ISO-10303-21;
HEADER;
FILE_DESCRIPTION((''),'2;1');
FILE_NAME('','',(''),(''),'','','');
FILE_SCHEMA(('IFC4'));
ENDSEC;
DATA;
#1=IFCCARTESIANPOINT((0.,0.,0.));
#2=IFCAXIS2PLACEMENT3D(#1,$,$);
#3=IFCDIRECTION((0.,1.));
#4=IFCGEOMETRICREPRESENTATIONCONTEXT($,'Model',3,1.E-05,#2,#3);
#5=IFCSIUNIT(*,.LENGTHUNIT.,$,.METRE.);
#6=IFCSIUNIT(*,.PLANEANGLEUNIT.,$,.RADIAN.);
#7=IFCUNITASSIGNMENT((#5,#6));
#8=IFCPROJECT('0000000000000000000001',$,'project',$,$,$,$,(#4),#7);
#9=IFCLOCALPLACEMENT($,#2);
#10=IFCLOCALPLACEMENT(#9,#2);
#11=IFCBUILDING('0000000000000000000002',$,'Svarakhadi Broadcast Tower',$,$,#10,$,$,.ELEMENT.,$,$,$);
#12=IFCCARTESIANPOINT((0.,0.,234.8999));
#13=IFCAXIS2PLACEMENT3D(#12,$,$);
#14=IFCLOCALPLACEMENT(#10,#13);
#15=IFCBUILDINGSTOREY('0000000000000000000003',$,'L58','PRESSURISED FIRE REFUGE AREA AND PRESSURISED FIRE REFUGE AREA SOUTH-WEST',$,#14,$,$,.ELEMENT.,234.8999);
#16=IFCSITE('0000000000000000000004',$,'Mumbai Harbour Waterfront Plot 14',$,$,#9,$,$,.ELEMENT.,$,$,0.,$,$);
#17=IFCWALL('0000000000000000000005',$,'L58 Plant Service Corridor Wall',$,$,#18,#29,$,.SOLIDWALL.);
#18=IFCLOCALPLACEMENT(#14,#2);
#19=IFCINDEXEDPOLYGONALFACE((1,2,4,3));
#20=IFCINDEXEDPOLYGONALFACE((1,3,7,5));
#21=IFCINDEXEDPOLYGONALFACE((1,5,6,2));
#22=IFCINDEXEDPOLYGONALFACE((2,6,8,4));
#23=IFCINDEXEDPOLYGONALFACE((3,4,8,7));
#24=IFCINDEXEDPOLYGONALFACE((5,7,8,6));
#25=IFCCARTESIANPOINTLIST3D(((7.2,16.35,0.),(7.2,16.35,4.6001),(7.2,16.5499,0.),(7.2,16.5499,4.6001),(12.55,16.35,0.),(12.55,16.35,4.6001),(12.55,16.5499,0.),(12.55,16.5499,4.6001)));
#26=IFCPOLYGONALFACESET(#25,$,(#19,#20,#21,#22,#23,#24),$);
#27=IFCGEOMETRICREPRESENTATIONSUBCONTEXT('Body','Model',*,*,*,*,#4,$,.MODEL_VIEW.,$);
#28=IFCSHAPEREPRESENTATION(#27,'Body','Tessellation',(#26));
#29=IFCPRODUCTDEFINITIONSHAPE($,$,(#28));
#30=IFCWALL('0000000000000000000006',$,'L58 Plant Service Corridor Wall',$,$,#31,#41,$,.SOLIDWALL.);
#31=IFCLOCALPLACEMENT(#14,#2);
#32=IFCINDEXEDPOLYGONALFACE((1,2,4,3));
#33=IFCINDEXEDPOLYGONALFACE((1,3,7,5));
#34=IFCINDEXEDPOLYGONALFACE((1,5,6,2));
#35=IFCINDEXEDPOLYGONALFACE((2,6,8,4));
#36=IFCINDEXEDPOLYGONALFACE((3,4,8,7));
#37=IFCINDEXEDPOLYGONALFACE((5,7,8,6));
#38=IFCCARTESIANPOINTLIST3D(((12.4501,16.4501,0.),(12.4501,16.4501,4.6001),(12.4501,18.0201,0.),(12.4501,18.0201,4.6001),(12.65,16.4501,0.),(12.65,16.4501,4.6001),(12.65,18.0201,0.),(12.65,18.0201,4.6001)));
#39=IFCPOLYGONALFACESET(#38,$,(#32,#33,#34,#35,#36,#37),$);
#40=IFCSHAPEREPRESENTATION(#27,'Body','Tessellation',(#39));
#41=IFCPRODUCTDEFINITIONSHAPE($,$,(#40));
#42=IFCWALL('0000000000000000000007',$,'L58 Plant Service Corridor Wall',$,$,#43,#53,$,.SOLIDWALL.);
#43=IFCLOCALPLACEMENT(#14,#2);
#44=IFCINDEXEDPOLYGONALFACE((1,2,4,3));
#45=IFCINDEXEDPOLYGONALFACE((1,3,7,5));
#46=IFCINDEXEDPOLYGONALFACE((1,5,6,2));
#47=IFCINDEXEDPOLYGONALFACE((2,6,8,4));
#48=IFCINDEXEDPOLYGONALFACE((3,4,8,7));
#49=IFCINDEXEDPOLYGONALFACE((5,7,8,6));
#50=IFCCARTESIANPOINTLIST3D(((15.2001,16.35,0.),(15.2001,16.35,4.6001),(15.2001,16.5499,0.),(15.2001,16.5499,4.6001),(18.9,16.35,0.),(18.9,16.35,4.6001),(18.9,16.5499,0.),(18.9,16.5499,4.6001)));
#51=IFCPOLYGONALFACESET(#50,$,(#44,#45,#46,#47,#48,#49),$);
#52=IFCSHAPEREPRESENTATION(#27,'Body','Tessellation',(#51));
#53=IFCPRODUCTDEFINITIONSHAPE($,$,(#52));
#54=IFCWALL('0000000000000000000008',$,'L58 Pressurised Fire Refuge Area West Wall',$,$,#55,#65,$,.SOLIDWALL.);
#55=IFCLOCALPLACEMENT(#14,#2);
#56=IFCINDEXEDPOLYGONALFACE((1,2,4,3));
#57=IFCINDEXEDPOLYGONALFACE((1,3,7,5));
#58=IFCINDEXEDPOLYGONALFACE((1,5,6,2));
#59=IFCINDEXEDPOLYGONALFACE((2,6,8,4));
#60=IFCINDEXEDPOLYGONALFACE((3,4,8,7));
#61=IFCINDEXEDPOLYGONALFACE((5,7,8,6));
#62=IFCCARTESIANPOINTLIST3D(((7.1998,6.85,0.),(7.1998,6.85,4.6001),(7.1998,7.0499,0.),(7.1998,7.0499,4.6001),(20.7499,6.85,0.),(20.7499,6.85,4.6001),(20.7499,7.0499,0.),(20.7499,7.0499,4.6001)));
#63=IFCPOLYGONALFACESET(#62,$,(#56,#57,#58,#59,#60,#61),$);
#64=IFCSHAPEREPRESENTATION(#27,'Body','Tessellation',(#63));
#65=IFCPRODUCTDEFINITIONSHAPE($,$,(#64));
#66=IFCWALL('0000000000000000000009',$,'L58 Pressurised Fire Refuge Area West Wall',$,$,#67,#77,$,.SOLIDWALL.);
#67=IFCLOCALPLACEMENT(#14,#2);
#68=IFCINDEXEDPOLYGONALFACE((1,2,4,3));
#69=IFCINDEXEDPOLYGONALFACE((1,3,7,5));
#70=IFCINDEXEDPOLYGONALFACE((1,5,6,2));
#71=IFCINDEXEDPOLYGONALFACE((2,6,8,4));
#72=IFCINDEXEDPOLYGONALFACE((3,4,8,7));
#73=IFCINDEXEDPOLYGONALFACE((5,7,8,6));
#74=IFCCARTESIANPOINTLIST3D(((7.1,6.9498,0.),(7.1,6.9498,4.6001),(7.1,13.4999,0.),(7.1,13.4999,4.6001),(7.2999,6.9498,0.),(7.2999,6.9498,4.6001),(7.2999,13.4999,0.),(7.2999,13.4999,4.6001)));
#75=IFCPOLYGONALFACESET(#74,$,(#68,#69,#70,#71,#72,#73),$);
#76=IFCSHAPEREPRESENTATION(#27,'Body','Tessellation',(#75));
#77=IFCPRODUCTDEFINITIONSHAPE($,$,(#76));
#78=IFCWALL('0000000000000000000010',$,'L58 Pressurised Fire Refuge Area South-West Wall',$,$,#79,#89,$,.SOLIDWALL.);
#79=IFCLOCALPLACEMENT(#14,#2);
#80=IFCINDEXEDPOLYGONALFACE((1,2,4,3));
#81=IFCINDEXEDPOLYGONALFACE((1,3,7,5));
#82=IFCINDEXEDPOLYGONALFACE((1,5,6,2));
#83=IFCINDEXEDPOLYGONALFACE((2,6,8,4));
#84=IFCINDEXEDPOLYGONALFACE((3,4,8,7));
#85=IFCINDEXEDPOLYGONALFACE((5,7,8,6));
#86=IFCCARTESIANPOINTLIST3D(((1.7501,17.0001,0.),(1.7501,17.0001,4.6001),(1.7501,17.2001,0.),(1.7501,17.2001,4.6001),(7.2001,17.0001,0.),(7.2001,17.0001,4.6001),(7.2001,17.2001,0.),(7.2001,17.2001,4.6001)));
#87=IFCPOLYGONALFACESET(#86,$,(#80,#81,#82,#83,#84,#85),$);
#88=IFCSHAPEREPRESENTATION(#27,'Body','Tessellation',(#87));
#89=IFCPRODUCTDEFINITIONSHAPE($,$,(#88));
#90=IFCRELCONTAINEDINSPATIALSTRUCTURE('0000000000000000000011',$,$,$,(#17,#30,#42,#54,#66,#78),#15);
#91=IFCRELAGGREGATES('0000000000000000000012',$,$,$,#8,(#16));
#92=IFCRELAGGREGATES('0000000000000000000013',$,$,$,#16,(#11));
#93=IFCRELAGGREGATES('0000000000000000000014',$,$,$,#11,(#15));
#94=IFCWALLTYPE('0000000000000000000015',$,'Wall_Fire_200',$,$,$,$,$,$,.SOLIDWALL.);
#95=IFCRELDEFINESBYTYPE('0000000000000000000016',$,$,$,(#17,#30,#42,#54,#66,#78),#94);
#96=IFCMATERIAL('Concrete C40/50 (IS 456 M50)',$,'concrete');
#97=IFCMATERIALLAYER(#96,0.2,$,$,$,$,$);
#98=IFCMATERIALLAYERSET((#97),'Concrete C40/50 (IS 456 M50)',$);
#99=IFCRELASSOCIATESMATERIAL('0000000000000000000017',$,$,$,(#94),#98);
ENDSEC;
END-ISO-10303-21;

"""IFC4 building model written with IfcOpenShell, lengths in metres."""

from ifc_helpers import new_model, si_unit, direction, frame, frame_2d, origin, place, context, subcontext, project, spatial, rectangle, extrude, material, layer, layer_set, type_object, element, save


model = new_model("IFC4")

# Units and contexts
model_context = context("Model", 3, precision=1e-05, world=origin(), true_north=direction((0.0, 1.0)))
body_context = subcontext(model_context, "Body", "Model", "MODEL_VIEW")
ifc_project = project(units=[si_unit("LENGTHUNIT", "METRE"), si_unit("PLANEANGLEUNIT", "RADIAN")], contexts=[model_context])

# Site, building, storey
site_placement = place(None, origin())
site = spatial("IfcSite", under=ifc_project, at=site_placement, Name="Mumbai Harbour Waterfront Plot 14", CompositionType="ELEMENT", RefElevation=0.0)
building_placement = place(site_placement, origin())
building = spatial("IfcBuilding", under=site, at=building_placement, Name="Svarakhadi Broadcast Tower", CompositionType="ELEMENT")
storey_placement = place(building_placement, frame((0.0, 0.0, 234.8999)))
storey = spatial("IfcBuildingStorey", under=building, at=storey_placement, Name="L58", Description="PRESSURISED FIRE REFUGE AREA AND PRESSURISED FIRE REFUGE AREA SOUTH-WEST", CompositionType="ELEMENT", Elevation=234.8999)

# Shared definitions
ifc_material_1 = material(Name="Concrete C40/50 (IS 456 M50)", Category="concrete")
ifc_layer_1 = layer(ifc_material_1, 0.2)
ifc_layer_set_1 = layer_set([ifc_layer_1], Name="Concrete C40/50 (IS 456 M50)")
wall_type = type_object("IfcWallType", Name="Wall_Fire_200", PredefinedType="SOLIDWALL", material=ifc_layer_set_1)

# Walls
wall_1_placement = place(storey_placement, frame((7.2, 16.45, 0.0), z_axis=(0.0, 0.0, 1.0), x_axis=(1.0, 0.0, 0.0)))
element("IfcWall", 1, at=wall_1_placement, inside=storey, type_object=wall_type, Name="L58 Plant Service Corridor Wall", PredefinedType="SOLIDWALL", context=body_context, shape_type="SweptSolid", body=[
    extrude(rectangle(XDim=5.3501, YDim=0.2, at=frame_2d((2.675, 0.0))), origin(), (0.0, 0.0, 1.0), 4.6001),
])
wall_2_placement = place(storey_placement, frame((12.55, 16.45, 0.0), z_axis=(0.0, 0.0, 1.0), x_axis=(0.0, 1.0, 0.0)))
element("IfcWall", 2, at=wall_2_placement, inside=storey, type_object=wall_type, Name="L58 Plant Service Corridor Wall", PredefinedType="SOLIDWALL", context=body_context, shape_type="SweptSolid", body=[
    extrude(rectangle(XDim=1.5701, YDim=0.2, at=frame_2d((0.7852, 0.0))), origin(), (0.0, 0.0, 1.0), 4.6001),
])
wall_3_placement = place(storey_placement, frame((15.2, 16.45, 0.0), z_axis=(0.0, 0.0, 1.0), x_axis=(1.0, 0.0, 0.0)))
element("IfcWall", 3, at=wall_3_placement, inside=storey, type_object=wall_type, Name="L58 Plant Service Corridor Wall", PredefinedType="SOLIDWALL", context=body_context, shape_type="SweptSolid", body=[
    extrude(rectangle(XDim=3.7, YDim=0.2, at=frame_2d((1.8501, 0.0))), origin(), (0.0, 0.0, 1.0), 4.6001),
])
wall_4_placement = place(storey_placement, frame((7.2, 6.95, 0.0), z_axis=(0.0, 0.0, 1.0), x_axis=(1.0, 0.0, 0.0)))
element("IfcWall", 4, at=wall_4_placement, inside=storey, type_object=wall_type, Name="L58 Pressurised Fire Refuge Area West Wall", PredefinedType="SOLIDWALL", context=body_context, shape_type="SweptSolid", body=[
    extrude(rectangle(XDim=13.55, YDim=0.2, at=frame_2d((6.7749, 0.0))), origin(), (0.0, 0.0, 1.0), 4.6001),
])
wall_5_placement = place(storey_placement, frame((7.2, 6.95, 0.0), z_axis=(0.0, 0.0, 1.0), x_axis=(0.0, 1.0, 0.0)))
element("IfcWall", 5, at=wall_5_placement, inside=storey, type_object=wall_type, Name="L58 Pressurised Fire Refuge Area West Wall", PredefinedType="SOLIDWALL", context=body_context, shape_type="SweptSolid", body=[
    extrude(rectangle(XDim=6.55, YDim=0.2, at=frame_2d((3.2749, 0.0))), origin(), (0.0, 0.0, 1.0), 4.6001),
])
wall_6_placement = place(storey_placement, frame((1.75, 17.1001, 0.0), z_axis=(0.0, 0.0, 1.0), x_axis=(1.0, 0.0, 0.0)))
element("IfcWall", 6, at=wall_6_placement, inside=storey, type_object=wall_type, Name="L58 Pressurised Fire Refuge Area South-West Wall", PredefinedType="SOLIDWALL", context=body_context, shape_type="SweptSolid", body=[
    extrude(rectangle(XDim=5.45, YDim=0.2, at=frame_2d((2.7251, 0.0))), origin(), (0.0, 0.0, 1.0), 4.6001),
])

save(model, "model.ifc")
